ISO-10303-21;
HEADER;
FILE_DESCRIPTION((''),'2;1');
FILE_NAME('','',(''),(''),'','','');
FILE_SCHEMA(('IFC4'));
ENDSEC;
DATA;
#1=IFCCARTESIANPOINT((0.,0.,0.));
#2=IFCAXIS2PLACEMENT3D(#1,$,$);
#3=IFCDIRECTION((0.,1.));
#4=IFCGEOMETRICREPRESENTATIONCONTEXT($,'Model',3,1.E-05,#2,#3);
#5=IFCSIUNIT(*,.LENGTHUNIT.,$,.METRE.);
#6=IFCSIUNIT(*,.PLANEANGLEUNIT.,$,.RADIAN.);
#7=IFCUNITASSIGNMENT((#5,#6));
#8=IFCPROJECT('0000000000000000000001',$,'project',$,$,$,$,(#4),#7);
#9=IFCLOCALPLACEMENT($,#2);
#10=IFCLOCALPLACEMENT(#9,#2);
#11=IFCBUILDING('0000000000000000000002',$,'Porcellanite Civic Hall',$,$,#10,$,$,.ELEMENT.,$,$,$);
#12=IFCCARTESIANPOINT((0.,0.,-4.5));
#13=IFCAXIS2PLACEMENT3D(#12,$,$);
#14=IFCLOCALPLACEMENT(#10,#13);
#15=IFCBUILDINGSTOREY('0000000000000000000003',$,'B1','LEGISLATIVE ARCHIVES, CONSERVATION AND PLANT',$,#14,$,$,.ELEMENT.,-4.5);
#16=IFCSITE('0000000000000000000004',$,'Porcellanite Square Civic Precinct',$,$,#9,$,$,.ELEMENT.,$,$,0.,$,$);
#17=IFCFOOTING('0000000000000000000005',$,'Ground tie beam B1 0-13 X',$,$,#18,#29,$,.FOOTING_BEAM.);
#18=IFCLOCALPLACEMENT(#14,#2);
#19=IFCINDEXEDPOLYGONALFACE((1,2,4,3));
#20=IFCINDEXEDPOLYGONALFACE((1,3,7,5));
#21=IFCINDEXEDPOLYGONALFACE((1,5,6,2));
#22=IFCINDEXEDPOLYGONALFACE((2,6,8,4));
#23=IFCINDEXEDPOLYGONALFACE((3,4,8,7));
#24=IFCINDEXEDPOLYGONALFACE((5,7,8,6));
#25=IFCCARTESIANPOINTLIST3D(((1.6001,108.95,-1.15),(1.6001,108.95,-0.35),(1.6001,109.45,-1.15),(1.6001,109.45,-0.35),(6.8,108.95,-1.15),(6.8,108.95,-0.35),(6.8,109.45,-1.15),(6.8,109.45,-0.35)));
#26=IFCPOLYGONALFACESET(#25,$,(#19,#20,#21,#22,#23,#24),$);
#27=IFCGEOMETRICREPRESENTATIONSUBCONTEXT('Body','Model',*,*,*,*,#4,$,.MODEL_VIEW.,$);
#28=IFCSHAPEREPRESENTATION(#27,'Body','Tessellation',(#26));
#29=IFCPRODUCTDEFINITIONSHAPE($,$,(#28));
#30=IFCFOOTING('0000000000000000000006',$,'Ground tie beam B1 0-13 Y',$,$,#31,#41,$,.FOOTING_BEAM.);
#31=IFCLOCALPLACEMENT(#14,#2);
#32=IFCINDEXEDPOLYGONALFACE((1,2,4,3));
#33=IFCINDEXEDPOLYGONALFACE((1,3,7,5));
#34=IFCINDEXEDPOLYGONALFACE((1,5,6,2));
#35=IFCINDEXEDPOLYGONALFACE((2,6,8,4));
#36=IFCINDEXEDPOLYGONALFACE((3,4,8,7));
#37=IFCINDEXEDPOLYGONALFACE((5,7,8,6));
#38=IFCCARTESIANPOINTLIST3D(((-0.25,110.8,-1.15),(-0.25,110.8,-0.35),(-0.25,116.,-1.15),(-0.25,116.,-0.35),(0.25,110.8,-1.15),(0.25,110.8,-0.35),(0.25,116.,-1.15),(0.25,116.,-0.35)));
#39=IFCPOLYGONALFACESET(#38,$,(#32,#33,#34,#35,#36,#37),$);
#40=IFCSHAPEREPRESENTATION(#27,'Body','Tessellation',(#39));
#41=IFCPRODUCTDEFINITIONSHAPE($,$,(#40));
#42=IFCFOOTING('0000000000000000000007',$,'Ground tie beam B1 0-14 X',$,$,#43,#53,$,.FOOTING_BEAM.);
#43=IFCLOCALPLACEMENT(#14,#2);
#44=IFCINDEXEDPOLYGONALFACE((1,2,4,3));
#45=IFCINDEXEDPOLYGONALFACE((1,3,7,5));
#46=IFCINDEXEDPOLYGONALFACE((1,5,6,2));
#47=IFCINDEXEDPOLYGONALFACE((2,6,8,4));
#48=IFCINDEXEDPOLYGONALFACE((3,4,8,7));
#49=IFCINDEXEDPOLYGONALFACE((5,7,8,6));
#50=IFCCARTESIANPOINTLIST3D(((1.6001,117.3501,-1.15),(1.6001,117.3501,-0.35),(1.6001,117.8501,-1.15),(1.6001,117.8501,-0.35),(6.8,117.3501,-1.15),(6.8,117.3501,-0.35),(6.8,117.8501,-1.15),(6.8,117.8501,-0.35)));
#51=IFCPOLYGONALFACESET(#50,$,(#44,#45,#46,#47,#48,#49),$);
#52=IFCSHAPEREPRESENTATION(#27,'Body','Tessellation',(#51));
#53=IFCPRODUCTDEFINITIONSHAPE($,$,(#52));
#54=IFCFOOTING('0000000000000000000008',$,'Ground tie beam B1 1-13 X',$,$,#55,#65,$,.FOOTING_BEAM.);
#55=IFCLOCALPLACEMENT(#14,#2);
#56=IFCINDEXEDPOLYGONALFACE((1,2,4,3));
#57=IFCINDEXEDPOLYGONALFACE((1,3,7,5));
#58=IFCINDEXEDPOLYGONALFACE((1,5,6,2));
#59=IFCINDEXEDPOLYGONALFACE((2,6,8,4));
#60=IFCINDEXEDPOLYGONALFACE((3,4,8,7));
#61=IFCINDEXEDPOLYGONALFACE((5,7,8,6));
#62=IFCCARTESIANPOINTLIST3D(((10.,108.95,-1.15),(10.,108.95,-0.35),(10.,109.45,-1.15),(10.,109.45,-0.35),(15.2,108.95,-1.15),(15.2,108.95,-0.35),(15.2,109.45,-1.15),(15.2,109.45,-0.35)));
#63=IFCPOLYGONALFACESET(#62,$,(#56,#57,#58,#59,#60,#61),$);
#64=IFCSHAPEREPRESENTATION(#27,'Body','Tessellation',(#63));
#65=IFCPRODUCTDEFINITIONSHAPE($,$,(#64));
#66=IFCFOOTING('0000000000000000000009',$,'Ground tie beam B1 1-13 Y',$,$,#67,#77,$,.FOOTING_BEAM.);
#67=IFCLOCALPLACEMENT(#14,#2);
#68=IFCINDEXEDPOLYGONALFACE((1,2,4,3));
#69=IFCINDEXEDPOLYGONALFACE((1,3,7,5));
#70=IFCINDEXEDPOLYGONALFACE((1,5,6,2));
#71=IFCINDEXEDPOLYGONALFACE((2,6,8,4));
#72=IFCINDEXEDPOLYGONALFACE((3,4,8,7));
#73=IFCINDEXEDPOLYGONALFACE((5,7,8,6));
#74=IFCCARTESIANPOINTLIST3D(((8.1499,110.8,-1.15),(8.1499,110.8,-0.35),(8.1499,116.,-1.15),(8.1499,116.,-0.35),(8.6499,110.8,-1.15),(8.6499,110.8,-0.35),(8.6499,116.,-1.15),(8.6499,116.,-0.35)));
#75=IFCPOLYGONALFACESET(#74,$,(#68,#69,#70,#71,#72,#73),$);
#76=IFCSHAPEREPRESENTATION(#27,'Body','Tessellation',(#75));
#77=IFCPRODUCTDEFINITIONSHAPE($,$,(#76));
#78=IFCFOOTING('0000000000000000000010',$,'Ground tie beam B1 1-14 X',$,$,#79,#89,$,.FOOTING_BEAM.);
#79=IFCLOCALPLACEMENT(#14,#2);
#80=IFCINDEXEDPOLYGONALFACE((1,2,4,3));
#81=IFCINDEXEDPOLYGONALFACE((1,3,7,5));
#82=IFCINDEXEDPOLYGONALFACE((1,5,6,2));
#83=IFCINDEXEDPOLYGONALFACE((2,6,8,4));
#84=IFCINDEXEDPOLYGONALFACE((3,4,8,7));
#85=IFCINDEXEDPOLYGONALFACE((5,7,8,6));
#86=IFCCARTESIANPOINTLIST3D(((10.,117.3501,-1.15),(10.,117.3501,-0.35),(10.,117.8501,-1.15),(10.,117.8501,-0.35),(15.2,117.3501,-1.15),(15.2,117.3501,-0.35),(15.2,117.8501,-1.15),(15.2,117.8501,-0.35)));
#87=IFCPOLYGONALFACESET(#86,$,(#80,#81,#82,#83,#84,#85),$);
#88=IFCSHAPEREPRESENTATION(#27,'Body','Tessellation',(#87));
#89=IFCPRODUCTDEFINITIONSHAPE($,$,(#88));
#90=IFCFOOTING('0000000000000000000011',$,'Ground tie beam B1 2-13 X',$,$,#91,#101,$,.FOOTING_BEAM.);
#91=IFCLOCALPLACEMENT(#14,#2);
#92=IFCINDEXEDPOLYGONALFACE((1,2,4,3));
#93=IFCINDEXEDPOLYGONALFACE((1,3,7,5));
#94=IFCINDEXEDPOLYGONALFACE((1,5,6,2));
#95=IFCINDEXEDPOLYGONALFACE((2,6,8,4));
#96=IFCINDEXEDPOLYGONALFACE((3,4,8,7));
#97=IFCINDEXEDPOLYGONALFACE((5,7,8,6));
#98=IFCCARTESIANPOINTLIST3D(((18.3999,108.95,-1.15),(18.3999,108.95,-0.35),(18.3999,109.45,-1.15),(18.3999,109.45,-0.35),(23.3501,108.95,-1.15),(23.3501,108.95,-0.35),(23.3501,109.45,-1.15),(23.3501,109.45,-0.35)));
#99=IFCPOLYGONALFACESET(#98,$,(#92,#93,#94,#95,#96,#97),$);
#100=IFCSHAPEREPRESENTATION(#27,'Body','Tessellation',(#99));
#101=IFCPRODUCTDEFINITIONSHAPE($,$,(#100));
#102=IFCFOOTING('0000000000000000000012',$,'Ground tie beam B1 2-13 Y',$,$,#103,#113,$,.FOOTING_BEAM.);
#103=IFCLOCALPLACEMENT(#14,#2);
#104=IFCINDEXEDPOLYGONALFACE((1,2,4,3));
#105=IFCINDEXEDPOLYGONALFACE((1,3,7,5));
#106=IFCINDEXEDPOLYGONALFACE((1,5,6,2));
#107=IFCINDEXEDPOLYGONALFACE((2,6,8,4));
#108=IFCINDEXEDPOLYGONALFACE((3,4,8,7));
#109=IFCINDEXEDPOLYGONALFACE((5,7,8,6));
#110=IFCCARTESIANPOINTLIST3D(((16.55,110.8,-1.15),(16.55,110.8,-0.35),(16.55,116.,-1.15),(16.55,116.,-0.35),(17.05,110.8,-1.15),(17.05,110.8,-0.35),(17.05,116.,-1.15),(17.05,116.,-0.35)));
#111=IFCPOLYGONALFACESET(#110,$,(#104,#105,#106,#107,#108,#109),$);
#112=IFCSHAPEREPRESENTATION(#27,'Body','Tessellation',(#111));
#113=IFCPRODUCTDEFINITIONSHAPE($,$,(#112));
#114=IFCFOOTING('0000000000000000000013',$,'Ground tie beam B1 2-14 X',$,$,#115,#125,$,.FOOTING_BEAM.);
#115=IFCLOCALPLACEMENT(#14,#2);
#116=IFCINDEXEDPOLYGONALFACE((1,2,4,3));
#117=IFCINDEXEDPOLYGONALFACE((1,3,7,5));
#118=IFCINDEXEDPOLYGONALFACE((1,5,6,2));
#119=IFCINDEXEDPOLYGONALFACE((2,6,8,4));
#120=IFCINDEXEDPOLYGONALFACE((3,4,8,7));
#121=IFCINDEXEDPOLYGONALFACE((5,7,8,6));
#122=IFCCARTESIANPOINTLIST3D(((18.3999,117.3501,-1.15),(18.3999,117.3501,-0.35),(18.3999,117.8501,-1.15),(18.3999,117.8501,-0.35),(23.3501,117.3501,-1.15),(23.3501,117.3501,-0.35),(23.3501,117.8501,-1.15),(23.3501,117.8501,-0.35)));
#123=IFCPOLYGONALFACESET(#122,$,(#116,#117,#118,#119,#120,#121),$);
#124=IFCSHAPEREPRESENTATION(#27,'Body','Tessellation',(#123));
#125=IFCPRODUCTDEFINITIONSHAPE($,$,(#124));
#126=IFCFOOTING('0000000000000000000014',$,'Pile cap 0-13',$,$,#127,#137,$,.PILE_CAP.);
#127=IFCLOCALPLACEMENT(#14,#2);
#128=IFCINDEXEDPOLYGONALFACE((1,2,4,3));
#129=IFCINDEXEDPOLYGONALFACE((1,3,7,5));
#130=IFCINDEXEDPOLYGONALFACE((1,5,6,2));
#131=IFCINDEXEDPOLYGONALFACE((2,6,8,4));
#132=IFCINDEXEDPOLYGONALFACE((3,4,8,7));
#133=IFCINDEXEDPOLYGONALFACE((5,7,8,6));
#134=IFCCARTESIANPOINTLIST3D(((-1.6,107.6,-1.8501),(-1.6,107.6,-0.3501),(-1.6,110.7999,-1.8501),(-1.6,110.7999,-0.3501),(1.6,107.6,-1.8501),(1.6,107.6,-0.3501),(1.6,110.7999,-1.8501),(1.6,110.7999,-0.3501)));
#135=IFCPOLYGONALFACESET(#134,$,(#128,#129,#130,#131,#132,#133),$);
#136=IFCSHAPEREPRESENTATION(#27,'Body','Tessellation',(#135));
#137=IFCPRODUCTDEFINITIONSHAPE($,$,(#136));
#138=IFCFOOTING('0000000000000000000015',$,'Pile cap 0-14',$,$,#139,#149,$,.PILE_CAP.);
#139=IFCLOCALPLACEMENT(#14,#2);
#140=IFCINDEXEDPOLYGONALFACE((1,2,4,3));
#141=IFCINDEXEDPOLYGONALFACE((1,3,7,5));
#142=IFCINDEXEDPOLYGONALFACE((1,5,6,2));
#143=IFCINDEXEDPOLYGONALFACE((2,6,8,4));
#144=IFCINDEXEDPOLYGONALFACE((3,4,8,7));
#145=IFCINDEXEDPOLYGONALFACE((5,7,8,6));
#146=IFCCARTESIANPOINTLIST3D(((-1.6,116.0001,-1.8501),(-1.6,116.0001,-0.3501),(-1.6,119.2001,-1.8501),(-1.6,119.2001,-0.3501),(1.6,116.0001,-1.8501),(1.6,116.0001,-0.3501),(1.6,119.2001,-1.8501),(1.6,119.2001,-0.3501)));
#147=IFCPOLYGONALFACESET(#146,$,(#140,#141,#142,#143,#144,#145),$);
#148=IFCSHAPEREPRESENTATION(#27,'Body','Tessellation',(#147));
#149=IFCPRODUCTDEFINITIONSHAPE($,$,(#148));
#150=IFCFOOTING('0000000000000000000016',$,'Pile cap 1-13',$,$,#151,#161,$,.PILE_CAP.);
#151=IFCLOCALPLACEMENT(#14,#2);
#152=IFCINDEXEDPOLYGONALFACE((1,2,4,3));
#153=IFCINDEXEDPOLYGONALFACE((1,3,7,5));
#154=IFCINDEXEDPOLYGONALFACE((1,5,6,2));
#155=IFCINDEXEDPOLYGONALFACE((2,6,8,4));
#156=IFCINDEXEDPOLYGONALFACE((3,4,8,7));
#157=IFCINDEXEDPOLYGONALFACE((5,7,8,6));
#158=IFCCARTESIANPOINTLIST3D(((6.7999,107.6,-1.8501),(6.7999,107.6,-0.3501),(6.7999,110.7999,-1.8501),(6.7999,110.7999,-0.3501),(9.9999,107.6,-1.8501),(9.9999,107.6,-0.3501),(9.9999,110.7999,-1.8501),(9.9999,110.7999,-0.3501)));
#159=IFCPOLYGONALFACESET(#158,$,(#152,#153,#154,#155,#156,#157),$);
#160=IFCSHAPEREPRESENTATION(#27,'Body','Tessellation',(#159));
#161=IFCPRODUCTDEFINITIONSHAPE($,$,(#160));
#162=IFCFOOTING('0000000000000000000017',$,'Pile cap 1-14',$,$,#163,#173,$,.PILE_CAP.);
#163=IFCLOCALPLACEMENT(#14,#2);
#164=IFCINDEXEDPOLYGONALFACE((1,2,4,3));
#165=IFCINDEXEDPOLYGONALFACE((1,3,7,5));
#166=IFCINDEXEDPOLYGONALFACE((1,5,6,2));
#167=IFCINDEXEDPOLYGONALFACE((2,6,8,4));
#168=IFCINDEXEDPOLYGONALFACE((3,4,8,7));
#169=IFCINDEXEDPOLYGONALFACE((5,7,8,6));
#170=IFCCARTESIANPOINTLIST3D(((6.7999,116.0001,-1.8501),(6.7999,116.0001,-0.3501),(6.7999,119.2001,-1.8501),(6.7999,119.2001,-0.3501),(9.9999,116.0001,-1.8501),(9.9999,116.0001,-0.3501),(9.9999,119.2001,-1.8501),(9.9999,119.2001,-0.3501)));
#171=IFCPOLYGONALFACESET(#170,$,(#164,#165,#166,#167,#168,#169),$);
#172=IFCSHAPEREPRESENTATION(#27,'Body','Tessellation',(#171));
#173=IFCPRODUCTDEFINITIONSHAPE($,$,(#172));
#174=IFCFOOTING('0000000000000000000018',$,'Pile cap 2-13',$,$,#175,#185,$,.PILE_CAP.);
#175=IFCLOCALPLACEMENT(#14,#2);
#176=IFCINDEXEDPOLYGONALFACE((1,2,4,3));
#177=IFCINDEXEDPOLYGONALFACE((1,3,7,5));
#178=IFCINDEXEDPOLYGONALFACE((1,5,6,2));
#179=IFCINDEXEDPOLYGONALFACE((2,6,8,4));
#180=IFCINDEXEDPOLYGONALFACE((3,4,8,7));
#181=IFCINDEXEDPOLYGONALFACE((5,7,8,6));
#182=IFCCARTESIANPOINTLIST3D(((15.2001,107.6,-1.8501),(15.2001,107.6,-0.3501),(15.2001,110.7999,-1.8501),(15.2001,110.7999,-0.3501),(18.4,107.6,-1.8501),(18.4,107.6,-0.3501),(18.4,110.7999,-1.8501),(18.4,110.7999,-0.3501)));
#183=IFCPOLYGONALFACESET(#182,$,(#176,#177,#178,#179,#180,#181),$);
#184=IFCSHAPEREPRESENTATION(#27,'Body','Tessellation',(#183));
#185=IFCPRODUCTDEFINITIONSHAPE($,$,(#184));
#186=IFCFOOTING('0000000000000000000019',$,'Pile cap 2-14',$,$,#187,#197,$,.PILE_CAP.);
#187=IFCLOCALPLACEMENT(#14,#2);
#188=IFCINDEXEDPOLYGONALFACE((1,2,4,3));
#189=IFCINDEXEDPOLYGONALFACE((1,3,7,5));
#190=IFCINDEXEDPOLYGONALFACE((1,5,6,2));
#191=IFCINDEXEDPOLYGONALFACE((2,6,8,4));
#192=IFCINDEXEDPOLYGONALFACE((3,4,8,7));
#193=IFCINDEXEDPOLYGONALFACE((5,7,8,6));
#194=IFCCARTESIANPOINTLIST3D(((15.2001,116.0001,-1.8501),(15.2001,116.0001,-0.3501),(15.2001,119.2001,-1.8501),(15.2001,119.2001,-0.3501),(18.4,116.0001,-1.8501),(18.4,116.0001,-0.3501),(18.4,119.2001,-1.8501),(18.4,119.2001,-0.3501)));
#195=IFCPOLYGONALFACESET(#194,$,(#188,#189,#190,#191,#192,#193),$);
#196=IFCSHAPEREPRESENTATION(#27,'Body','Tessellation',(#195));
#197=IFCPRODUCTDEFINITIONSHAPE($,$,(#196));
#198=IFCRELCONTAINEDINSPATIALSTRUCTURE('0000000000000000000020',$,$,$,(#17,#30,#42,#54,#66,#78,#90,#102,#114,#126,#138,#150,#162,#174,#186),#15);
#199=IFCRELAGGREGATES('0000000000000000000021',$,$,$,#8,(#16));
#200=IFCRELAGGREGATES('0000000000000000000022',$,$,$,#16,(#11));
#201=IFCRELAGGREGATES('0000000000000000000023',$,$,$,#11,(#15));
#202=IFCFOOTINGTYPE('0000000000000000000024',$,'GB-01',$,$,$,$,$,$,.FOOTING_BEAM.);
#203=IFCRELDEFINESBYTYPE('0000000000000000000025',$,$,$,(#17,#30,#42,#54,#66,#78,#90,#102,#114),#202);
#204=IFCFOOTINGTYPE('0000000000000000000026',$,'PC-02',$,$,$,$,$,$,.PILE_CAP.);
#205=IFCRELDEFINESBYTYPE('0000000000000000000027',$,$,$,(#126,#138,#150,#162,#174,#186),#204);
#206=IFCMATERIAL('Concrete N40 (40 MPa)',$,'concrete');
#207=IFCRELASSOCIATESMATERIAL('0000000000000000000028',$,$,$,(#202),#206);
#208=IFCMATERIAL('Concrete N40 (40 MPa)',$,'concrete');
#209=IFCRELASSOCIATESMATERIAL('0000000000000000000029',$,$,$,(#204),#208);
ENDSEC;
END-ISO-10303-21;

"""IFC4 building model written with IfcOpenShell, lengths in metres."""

from ifc_helpers import new_model, si_unit, direction, frame, origin, origin_2d, place, context, subcontext, project, spatial, rectangle, extrude, material, material_profile, profile_set, type_object, element, save


model = new_model("IFC4")

# Units and contexts
model_context = context("Model", 3, precision=1e-05, world=origin(), true_north=direction((0.0, 1.0)))
body_context = subcontext(model_context, "Body", "Model", "MODEL_VIEW")
ifc_project = project(units=[si_unit("LENGTHUNIT", "METRE"), si_unit("PLANEANGLEUNIT", "RADIAN")], contexts=[model_context])

# Site, building, storey
site_placement = place(None, origin())
site = spatial("IfcSite", under=ifc_project, at=site_placement, Name="Porcellanite Square Civic Precinct", CompositionType="ELEMENT", RefElevation=0.0)
building_placement = place(site_placement, origin())
building = spatial("IfcBuilding", under=site, at=building_placement, Name="Porcellanite Civic Hall", CompositionType="ELEMENT")
storey_placement = place(building_placement, frame((0.0, 0.0, -4.5)))
storey = spatial("IfcBuildingStorey", under=building, at=storey_placement, Name="B1", Description="LEGISLATIVE ARCHIVES, CONSERVATION AND PLANT", CompositionType="ELEMENT", Elevation=-4.5)

# Footings
ifc_material_1 = material(Name="Concrete N40 (40 MPa)", Category="concrete")
ifc_material_profile_1 = material_profile(ifc_material_1, rectangle(XDim=0.5, YDim=0.8, at=origin_2d()), Name="RC-500x800")
ifc_profile_set_1 = profile_set([ifc_material_profile_1], Name="Concrete N40 (40 MPa)")
footing_type_1 = type_object("IfcFootingType", Name="GB-01", PredefinedType="FOOTING_BEAM", material=ifc_profile_set_1)
for number, where, z_axis, x_axis, name in (
    (1, (1.6001, 109.2, -0.75), (1.0, 0.0, 0.0), (0.0, 1.0, 0.0), "Ground tie beam B1 0-13 X"),
    (2, (0.0, 110.8, -0.75), (0.0, 1.0, 0.0), (-1.0, 0.0, 0.0), "Ground tie beam B1 0-13 Y"),
    (3, (1.6001, 117.6001, -0.75), (1.0, 0.0, 0.0), (0.0, 1.0, 0.0), "Ground tie beam B1 0-14 X"),
    (4, (10.0, 109.2, -0.75), (1.0, 0.0, 0.0), (0.0, 1.0, 0.0), "Ground tie beam B1 1-13 X"),
    (5, (8.3999, 110.8, -0.75), (0.0, 1.0, 0.0), (-1.0, 0.0, 0.0), "Ground tie beam B1 1-13 Y"),
    (6, (10.0, 117.6001, -0.75), (1.0, 0.0, 0.0), (0.0, 1.0, 0.0), "Ground tie beam B1 1-14 X"),
):
    element("IfcFooting", number, at=place(storey_placement, frame(where, z_axis=z_axis, x_axis=x_axis)), inside=storey, type_object=footing_type_1, Name=name, PredefinedType="FOOTING_BEAM", context=body_context, shape_type="SweptSolid", body=[
        extrude(rectangle(XDim=0.5, YDim=0.8, at=origin_2d()), origin(), (0.0, 0.0, 1.0), 5.2),
    ])
footing_1_placement = place(storey_placement, frame((18.3999, 109.2, -0.75), z_axis=(1.0, 0.0, 0.0), x_axis=(0.0, 1.0, 0.0)))
element("IfcFooting", 7, at=footing_1_placement, inside=storey, type_object=footing_type_1, Name="Ground tie beam B1 2-13 X", PredefinedType="FOOTING_BEAM", context=body_context, shape_type="SweptSolid", body=[
    extrude(rectangle(XDim=0.5, YDim=0.8, at=origin_2d()), origin(), (0.0, 0.0, 1.0), 4.9502),
])
footing_2_placement = place(storey_placement, frame((16.8, 110.8, -0.75), z_axis=(0.0, 1.0, 0.0), x_axis=(-1.0, 0.0, 0.0)))
element("IfcFooting", 8, at=footing_2_placement, inside=storey, type_object=footing_type_1, Name="Ground tie beam B1 2-13 Y", PredefinedType="FOOTING_BEAM", context=body_context, shape_type="SweptSolid", body=[
    extrude(rectangle(XDim=0.5, YDim=0.8, at=origin_2d()), origin(), (0.0, 0.0, 1.0), 5.2),
])
footing_3_placement = place(storey_placement, frame((18.3999, 117.6001, -0.75), z_axis=(1.0, 0.0, 0.0), x_axis=(0.0, 1.0, 0.0)))
element("IfcFooting", 9, at=footing_3_placement, inside=storey, type_object=footing_type_1, Name="Ground tie beam B1 2-14 X", PredefinedType="FOOTING_BEAM", context=body_context, shape_type="SweptSolid", body=[
    extrude(rectangle(XDim=0.5, YDim=0.8, at=origin_2d()), origin(), (0.0, 0.0, 1.0), 4.9502),
])
ifc_material_2 = material(Name="Concrete N40 (40 MPa)", Category="concrete")
footing_type_2 = type_object("IfcFootingType", Name="PC-02", PredefinedType="PILE_CAP", material=ifc_material_2)
for number, where, z_axis, x_axis, name in (
    (10, (0.0, 109.2, -1.8501), (0.0, 0.0, 1.0), (1.0, 0.0, 0.0), "Pile cap 0-13"),
    (11, (0.0, 117.6001, -1.8501), (0.0, 0.0, 1.0), (1.0, 0.0, 0.0), "Pile cap 0-14"),
    (12, (8.3999, 109.2, -1.8501), (0.0, 0.0, 1.0), (1.0, 0.0, 0.0), "Pile cap 1-13"),
    (13, (8.3999, 117.6001, -1.8501), (0.0, 0.0, 1.0), (1.0, 0.0, 0.0), "Pile cap 1-14"),
    (14, (16.8, 109.2, -1.8501), (0.0, 0.0, 1.0), (1.0, 0.0, 0.0), "Pile cap 2-13"),
    (15, (16.8, 117.6001, -1.8501), (0.0, 0.0, 1.0), (1.0, 0.0, 0.0), "Pile cap 2-14"),
):
    element("IfcFooting", number, at=place(storey_placement, frame(where, z_axis=z_axis, x_axis=x_axis)), inside=storey, type_object=footing_type_2, Name=name, PredefinedType="PILE_CAP", context=body_context, shape_type="SweptSolid", body=[
        extrude(rectangle(XDim=3.2, YDim=3.2, at=origin_2d()), origin(), (0.0, 0.0, 1.0), 1.5),
    ])

save(model, "model.ifc")
